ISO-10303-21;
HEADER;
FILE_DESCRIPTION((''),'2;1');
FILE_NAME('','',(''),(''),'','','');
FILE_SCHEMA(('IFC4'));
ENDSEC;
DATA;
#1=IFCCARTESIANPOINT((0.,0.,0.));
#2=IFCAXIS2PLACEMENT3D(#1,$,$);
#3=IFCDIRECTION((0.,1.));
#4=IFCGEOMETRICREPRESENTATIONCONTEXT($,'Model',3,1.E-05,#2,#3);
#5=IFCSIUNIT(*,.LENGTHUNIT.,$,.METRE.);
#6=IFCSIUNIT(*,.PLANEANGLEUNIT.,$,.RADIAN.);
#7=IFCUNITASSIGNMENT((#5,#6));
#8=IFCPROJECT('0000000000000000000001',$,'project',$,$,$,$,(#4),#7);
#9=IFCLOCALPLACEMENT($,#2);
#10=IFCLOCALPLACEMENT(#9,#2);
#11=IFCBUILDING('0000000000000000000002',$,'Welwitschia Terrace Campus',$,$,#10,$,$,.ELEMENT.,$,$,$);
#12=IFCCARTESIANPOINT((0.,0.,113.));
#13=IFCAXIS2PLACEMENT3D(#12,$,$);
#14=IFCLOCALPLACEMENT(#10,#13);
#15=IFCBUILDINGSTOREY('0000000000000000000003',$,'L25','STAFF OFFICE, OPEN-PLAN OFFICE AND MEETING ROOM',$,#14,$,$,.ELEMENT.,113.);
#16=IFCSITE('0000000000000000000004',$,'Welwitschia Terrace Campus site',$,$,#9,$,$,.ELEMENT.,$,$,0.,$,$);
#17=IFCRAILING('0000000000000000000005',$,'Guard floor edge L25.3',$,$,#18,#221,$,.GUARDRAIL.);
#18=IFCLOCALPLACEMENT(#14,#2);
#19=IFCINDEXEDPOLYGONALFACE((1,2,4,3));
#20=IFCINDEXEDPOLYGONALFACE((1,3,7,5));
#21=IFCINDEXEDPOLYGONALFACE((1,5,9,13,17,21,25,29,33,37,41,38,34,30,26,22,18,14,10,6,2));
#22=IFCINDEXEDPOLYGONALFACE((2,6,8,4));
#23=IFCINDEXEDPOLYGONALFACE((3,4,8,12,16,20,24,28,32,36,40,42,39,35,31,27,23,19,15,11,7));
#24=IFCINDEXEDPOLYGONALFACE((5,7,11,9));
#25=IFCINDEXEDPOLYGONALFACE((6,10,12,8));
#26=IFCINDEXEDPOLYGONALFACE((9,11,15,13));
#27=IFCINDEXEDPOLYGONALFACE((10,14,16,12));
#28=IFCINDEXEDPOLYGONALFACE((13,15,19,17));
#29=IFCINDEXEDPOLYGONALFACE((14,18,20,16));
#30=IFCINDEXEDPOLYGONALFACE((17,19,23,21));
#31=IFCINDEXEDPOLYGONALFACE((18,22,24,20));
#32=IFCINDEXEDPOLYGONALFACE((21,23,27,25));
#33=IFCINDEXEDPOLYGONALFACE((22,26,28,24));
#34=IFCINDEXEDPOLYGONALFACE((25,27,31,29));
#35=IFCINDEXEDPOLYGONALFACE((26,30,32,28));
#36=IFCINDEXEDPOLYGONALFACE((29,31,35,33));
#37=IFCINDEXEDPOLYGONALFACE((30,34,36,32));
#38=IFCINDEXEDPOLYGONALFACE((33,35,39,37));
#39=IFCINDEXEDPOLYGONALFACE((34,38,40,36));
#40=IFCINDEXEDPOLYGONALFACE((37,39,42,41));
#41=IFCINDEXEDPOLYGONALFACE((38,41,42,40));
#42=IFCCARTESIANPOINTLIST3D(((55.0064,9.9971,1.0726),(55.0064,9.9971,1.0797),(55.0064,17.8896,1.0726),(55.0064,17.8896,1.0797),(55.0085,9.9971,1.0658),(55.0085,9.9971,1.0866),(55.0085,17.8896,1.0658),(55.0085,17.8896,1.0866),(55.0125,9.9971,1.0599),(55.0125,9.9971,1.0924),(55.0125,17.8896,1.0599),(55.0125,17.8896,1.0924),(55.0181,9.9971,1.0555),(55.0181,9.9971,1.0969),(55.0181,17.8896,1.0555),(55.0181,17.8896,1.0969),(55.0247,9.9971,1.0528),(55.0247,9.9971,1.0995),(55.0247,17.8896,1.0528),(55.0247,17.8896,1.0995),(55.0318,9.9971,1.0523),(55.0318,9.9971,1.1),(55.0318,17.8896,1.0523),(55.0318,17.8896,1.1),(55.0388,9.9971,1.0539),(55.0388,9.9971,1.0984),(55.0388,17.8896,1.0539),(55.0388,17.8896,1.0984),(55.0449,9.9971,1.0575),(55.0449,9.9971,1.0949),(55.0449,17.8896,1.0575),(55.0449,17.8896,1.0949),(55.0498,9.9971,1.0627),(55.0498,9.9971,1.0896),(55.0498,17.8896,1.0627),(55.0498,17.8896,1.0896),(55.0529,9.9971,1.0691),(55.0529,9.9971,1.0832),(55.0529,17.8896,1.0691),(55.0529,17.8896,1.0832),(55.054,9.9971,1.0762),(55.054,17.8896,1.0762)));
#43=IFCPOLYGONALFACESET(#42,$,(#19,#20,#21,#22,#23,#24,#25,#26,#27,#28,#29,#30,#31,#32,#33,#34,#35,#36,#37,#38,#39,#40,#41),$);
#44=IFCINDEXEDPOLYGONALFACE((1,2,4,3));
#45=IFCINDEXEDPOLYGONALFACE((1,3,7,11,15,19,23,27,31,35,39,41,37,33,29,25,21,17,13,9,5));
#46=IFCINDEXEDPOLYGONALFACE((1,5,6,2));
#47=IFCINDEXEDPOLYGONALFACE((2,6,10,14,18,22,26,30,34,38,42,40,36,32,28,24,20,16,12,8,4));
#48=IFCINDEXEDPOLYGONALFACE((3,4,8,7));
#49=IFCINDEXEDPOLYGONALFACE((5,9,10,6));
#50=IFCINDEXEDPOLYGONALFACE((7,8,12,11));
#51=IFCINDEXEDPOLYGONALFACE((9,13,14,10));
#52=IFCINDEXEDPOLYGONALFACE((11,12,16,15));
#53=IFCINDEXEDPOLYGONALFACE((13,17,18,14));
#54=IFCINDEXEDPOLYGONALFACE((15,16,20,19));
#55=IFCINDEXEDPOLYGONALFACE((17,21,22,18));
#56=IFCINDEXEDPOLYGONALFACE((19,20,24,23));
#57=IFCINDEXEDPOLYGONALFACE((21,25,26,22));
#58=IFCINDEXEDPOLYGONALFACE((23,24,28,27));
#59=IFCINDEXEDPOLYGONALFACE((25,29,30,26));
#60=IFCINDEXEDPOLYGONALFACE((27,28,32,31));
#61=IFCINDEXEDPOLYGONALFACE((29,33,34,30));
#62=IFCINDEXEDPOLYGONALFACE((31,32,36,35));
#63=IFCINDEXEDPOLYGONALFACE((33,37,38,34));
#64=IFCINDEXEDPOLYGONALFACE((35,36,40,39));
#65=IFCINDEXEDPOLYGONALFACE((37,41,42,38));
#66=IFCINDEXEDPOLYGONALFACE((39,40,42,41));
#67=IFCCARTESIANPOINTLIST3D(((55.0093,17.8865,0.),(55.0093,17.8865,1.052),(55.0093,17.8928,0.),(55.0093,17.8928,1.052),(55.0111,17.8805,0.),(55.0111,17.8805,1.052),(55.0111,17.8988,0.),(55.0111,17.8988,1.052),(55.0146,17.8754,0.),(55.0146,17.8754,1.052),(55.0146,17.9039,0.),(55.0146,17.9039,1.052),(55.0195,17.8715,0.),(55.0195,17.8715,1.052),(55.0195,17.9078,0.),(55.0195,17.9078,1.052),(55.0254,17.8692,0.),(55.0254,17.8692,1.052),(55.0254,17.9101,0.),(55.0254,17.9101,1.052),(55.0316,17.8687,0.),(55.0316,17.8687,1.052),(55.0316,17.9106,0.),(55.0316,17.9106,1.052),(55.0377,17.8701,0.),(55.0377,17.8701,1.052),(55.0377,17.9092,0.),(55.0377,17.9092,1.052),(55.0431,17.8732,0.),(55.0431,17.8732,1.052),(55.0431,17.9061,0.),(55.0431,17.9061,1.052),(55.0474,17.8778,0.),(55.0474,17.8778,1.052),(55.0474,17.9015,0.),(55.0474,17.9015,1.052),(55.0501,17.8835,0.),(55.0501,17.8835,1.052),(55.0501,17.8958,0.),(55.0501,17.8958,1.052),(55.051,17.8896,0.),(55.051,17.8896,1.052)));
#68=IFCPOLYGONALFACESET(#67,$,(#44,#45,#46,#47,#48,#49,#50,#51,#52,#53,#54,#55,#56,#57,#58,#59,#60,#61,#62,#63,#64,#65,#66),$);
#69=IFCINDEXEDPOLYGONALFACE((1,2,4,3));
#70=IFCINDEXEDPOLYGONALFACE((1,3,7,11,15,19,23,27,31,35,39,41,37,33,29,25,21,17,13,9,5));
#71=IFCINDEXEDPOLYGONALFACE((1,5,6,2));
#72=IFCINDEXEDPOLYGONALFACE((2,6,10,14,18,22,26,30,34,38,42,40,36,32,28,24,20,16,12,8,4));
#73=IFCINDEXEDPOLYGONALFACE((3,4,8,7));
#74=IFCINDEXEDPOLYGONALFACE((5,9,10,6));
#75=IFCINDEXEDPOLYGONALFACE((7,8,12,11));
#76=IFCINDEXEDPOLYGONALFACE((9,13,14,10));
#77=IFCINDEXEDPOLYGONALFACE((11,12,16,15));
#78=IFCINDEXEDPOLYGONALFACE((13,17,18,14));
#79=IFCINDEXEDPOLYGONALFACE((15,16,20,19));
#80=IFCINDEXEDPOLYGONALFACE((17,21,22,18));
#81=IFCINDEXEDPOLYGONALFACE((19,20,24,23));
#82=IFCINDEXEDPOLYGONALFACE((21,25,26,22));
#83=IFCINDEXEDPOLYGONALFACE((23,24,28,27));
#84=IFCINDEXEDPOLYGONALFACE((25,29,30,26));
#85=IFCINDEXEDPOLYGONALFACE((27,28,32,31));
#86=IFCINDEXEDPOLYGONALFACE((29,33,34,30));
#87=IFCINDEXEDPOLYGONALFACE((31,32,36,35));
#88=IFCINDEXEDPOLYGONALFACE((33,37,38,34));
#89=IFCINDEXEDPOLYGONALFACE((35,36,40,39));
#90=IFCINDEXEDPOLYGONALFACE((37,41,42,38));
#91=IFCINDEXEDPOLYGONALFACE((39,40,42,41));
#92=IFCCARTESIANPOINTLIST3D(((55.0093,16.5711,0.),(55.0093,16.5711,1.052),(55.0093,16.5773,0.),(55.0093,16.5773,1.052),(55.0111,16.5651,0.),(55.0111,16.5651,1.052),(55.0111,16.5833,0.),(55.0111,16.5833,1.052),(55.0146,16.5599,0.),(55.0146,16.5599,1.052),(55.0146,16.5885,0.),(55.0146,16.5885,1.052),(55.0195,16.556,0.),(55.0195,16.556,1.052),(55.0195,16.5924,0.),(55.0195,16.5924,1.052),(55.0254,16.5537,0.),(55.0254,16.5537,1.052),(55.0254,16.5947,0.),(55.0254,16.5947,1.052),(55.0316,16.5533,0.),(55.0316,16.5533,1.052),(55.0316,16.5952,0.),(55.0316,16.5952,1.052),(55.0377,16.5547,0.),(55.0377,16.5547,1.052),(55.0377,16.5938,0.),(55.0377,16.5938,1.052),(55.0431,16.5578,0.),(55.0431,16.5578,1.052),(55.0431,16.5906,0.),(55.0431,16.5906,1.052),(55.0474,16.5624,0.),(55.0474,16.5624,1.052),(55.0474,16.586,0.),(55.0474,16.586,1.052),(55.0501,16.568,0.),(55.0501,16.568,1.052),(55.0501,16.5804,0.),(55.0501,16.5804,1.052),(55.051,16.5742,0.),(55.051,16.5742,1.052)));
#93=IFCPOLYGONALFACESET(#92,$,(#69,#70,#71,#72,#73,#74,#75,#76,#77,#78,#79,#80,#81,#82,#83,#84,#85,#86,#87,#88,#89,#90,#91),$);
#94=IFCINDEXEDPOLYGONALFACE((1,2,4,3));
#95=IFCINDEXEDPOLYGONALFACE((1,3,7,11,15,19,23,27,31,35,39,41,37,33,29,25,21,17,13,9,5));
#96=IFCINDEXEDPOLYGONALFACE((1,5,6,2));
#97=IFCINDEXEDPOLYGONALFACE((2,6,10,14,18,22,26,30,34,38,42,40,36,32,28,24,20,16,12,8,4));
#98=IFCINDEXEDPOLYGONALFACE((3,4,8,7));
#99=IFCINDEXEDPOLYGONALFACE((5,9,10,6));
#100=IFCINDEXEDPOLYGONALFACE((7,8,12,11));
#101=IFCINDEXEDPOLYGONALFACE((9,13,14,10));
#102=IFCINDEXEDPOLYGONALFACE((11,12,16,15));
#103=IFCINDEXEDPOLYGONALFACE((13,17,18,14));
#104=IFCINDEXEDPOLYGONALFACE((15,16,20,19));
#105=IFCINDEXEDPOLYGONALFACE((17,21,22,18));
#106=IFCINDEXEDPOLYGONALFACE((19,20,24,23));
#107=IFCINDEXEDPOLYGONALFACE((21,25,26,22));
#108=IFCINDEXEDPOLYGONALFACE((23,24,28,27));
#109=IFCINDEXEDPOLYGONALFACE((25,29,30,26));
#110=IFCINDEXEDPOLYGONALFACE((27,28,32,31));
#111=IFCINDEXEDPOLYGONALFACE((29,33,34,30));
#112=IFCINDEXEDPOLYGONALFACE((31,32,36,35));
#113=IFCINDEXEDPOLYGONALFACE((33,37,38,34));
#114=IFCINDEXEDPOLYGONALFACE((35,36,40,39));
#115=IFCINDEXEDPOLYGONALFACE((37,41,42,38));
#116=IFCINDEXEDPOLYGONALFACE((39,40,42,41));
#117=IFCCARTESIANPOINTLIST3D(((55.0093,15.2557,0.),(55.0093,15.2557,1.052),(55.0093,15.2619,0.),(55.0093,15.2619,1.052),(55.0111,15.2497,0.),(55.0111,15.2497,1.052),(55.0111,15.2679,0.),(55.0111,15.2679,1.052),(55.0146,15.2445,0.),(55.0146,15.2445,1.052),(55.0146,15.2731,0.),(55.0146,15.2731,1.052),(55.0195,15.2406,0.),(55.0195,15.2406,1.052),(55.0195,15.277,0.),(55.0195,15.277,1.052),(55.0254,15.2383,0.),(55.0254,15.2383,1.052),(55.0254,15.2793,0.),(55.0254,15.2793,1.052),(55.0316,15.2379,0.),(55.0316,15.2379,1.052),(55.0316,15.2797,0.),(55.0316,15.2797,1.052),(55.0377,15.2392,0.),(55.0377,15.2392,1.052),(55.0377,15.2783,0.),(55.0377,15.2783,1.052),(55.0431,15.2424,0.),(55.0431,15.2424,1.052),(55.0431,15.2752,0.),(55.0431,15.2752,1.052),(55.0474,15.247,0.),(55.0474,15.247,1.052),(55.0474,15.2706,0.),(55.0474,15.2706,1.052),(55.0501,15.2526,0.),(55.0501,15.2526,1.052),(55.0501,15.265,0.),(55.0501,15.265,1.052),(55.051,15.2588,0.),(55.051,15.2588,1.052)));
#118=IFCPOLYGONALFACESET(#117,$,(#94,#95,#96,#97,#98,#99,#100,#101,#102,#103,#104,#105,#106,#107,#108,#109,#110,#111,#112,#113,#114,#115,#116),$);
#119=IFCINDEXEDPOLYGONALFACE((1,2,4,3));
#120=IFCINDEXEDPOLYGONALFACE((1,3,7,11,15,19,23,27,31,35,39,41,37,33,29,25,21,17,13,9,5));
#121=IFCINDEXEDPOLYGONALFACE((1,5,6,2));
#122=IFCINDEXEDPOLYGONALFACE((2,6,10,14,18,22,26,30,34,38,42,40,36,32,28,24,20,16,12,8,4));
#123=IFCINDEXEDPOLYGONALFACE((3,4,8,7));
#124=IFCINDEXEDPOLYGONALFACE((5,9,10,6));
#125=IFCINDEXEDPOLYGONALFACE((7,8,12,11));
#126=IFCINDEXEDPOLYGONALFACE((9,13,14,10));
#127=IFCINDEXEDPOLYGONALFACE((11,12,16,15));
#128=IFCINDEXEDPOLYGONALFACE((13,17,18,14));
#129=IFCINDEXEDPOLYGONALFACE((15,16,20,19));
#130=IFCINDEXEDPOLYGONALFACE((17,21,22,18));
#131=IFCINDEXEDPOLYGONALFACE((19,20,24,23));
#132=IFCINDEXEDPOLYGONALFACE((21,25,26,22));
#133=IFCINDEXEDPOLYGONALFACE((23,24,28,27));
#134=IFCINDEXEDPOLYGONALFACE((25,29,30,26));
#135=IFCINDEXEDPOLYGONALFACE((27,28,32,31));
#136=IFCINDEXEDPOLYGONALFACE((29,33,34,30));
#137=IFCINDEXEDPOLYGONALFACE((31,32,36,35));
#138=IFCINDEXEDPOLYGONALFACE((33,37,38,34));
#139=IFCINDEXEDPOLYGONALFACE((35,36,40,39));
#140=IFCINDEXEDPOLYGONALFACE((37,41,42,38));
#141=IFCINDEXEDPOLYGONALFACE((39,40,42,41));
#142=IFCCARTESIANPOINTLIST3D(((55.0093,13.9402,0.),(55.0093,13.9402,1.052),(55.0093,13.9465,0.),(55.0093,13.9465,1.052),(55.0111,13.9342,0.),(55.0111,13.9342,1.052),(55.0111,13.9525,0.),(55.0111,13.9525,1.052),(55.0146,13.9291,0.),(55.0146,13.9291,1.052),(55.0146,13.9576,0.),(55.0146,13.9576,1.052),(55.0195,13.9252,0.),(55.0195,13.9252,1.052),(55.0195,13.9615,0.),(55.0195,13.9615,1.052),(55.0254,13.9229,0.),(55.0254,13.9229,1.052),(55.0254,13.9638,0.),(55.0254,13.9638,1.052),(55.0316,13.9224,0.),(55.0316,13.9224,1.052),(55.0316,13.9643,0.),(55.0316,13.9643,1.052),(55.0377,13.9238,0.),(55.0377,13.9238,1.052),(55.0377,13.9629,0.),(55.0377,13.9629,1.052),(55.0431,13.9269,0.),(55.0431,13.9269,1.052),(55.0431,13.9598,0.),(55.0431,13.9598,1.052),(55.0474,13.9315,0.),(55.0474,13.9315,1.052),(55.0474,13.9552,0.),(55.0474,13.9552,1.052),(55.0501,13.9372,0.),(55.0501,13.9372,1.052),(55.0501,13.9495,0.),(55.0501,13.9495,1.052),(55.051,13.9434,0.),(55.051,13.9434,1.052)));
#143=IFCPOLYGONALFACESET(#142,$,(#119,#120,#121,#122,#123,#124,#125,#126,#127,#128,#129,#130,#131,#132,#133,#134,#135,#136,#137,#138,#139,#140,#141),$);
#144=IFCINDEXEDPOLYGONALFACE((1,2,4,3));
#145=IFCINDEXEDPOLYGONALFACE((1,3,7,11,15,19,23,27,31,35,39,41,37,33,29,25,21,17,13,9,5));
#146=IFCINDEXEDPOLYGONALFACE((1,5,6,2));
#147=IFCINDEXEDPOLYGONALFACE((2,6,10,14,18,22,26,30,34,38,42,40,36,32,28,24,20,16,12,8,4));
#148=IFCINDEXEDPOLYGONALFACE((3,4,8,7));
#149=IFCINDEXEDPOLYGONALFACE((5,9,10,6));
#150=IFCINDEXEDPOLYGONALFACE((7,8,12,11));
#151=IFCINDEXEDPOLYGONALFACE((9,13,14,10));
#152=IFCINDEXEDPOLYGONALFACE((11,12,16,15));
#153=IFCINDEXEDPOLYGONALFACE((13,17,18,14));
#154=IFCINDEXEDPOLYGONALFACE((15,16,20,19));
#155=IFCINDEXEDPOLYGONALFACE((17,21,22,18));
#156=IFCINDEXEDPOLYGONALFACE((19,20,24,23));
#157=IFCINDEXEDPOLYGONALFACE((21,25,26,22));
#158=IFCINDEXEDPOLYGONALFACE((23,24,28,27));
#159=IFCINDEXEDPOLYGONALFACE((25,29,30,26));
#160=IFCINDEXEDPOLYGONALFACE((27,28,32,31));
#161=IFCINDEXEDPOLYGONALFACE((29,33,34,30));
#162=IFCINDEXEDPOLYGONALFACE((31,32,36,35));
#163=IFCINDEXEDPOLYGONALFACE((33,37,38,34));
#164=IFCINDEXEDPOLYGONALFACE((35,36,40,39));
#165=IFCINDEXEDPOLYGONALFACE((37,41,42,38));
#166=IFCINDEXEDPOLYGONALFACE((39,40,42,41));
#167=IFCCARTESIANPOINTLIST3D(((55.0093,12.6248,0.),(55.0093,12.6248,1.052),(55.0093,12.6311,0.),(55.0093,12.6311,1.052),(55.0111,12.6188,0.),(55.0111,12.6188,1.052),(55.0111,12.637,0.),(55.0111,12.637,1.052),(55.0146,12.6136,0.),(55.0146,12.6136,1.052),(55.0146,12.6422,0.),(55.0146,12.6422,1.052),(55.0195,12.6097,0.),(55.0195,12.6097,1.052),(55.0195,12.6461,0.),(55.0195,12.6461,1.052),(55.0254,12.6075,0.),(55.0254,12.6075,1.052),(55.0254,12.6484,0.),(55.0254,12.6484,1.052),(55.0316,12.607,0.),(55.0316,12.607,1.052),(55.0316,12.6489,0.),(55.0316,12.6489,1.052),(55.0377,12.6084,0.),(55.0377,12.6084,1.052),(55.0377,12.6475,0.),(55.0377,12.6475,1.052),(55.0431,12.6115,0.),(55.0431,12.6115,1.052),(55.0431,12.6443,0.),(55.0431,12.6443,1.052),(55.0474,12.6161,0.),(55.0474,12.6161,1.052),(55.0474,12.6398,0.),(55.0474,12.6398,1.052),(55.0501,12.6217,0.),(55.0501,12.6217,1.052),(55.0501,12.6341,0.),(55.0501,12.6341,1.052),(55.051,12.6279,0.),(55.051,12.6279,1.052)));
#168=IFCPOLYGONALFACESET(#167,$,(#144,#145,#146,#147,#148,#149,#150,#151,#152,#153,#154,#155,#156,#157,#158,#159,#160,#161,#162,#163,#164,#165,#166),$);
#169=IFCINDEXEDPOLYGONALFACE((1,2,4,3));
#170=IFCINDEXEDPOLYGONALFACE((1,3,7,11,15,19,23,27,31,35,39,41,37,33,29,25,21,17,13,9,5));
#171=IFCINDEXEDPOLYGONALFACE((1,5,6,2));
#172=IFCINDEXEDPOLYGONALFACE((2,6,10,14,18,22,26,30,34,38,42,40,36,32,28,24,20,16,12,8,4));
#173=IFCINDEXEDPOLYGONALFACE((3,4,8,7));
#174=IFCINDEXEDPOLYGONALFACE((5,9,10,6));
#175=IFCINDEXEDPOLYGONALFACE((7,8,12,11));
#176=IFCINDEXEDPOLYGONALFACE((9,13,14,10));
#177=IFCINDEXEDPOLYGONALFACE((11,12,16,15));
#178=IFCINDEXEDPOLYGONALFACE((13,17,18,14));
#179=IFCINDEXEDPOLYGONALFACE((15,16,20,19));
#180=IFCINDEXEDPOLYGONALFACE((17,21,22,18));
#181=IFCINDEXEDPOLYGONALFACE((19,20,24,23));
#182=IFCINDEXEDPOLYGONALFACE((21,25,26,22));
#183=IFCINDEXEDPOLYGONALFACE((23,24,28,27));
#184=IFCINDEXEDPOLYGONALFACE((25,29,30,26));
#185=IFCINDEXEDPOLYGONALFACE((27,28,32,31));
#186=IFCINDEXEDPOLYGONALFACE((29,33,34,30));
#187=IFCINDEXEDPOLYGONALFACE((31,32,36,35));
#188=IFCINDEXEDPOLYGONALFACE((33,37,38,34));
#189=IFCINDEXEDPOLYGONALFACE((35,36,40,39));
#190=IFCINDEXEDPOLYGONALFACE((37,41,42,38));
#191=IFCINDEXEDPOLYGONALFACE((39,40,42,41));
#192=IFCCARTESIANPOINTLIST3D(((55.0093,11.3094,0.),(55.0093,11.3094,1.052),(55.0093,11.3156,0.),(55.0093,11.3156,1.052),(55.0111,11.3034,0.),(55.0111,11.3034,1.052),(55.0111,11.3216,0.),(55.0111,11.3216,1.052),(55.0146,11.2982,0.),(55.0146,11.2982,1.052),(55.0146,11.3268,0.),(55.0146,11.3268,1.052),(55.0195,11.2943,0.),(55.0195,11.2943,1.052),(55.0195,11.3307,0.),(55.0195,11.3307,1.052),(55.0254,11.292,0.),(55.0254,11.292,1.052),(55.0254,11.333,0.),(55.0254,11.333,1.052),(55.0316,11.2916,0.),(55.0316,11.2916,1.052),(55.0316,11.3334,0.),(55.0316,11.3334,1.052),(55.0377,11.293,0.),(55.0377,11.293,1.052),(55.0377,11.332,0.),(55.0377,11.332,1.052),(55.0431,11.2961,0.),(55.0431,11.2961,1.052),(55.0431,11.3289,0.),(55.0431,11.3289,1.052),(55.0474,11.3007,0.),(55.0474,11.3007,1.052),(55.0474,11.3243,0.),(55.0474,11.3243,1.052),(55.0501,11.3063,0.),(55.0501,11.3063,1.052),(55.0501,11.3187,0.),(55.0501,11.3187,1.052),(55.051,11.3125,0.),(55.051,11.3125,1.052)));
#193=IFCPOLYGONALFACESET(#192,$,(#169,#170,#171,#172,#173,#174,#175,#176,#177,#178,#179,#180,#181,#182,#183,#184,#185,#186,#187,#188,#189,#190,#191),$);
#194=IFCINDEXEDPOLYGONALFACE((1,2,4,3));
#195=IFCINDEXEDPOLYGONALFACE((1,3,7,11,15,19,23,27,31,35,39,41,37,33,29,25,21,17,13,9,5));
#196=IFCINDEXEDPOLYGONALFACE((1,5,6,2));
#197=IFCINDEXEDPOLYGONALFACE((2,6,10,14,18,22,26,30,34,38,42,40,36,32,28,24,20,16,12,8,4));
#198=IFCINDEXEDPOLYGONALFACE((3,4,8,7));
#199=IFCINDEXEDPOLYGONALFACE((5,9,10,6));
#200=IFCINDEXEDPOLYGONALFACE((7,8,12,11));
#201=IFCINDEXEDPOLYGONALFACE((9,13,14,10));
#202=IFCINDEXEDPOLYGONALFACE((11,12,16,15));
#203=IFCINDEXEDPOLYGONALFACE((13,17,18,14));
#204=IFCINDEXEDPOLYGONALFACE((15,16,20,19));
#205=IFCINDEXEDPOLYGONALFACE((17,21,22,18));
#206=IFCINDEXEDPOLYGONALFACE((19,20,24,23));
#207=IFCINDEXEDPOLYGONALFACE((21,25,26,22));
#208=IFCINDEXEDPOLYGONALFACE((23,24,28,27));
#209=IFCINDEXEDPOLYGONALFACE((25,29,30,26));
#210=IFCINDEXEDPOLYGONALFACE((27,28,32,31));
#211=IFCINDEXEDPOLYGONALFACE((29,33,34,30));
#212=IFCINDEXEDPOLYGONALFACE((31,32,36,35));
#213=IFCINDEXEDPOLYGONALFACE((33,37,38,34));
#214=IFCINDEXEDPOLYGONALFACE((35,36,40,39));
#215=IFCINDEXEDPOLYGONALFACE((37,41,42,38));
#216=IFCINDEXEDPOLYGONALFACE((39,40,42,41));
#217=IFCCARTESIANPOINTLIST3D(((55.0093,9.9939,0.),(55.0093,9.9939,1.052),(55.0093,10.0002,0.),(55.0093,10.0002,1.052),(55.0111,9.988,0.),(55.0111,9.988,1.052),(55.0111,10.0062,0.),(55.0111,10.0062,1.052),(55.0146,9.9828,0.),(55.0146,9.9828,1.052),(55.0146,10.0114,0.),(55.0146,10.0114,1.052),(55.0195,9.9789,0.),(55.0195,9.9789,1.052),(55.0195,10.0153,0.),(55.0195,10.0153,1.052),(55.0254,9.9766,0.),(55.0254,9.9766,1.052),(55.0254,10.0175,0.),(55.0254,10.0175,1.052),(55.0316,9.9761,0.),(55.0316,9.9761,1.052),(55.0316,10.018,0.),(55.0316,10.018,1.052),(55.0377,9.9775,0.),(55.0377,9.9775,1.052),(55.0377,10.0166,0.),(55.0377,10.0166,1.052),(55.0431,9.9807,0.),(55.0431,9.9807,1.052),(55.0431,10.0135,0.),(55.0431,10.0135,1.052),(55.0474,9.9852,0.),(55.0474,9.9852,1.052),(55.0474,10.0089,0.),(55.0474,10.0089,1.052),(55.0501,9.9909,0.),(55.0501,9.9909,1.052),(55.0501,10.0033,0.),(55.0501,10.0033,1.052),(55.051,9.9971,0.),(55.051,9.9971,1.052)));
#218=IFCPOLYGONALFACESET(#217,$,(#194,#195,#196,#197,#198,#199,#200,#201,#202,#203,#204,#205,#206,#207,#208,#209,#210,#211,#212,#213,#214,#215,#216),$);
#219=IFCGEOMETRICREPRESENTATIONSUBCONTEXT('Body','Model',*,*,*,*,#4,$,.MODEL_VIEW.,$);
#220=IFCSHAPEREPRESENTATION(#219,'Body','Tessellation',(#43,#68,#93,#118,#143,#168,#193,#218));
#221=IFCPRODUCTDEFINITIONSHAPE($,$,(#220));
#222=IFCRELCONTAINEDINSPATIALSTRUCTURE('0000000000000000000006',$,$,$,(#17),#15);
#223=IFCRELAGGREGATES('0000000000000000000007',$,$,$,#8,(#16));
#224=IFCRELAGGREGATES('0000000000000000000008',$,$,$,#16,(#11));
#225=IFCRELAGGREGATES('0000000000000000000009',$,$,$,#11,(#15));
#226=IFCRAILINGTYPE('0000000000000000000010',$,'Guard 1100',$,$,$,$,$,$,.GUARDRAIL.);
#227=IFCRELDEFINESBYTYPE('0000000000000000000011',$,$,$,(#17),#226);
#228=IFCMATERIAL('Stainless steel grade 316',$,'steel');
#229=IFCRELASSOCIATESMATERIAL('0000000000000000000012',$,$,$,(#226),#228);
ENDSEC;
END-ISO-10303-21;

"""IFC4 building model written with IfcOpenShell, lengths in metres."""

from ifc_helpers import new_model, si_unit, direction, frame, origin, origin_2d, place, context, subcontext, project, spatial, circle, extrude, material, type_object, element, save


model = new_model("IFC4")

# Units and contexts
model_context = context("Model", 3, precision=1e-05, world=origin(), true_north=direction((0.0, 1.0)))
body_context = subcontext(model_context, "Body", "Model", "MODEL_VIEW")
ifc_project = project(units=[si_unit("LENGTHUNIT", "METRE"), si_unit("PLANEANGLEUNIT", "RADIAN")], contexts=[model_context])

# Site, building, storey
site_placement = place(None, origin())
site = spatial("IfcSite", under=ifc_project, at=site_placement, Name="Welwitschia Terrace Campus site", CompositionType="ELEMENT", RefElevation=0.0)
building_placement = place(site_placement, origin())
building = spatial("IfcBuilding", under=site, at=building_placement, Name="Welwitschia Terrace Campus", CompositionType="ELEMENT")
storey_placement = place(building_placement, frame((0.0, 0.0, 113.0)))
storey = spatial("IfcBuildingStorey", under=building, at=storey_placement, Name="L25", Description="STAFF OFFICE, OPEN-PLAN OFFICE AND MEETING ROOM", CompositionType="ELEMENT", Elevation=113.0)

# Railing
ifc_material_1 = material(Name="Stainless steel grade 316", Category="steel")
railing_type = type_object("IfcRailingType", Name="Guard 1100", PredefinedType="GUARDRAIL", material=ifc_material_1)
railing_1_placement = place(storey_placement, frame((55.03, 17.8896, 0.0)))
element("IfcRailing", 1, at=railing_1_placement, inside=storey, type_object=railing_type, Name="Guard floor edge L25.3", PredefinedType="GUARDRAIL", context=body_context, shape_type="SweptSolid", body=[
    extrude(circle(Radius=0.0239, at=origin_2d()), frame((0.0, 0.0, 1.0762), z_axis=(0.0, -1.0, 0.0), x_axis=(1.0, 0.0, 0.0)), (0.0, 0.0, 1.0), 7.8926),
    extrude(circle(Radius=0.021, at=origin_2d()), origin(), (0.0, 0.0, 1.0), 1.052),
    extrude(circle(Radius=0.021, at=origin_2d()), frame((0.0, -1.3154, 0.0)), (0.0, 0.0, 1.0), 1.052),
    extrude(circle(Radius=0.021, at=origin_2d()), frame((0.0, -2.6309, 0.0)), (0.0, 0.0, 1.0), 1.052),
    extrude(circle(Radius=0.021, at=origin_2d()), frame((0.0, -3.9463, 0.0)), (0.0, 0.0, 1.0), 1.052),
    extrude(circle(Radius=0.021, at=origin_2d()), frame((0.0, -5.2617, 0.0)), (0.0, 0.0, 1.0), 1.052),
    extrude(circle(Radius=0.021, at=origin_2d()), frame((0.0, -6.5771, 0.0)), (0.0, 0.0, 1.0), 1.052),
    extrude(circle(Radius=0.021, at=origin_2d()), frame((0.0, -7.8926, 0.0)), (0.0, 0.0, 1.0), 1.052),
])

save(model, "model.ifc")
